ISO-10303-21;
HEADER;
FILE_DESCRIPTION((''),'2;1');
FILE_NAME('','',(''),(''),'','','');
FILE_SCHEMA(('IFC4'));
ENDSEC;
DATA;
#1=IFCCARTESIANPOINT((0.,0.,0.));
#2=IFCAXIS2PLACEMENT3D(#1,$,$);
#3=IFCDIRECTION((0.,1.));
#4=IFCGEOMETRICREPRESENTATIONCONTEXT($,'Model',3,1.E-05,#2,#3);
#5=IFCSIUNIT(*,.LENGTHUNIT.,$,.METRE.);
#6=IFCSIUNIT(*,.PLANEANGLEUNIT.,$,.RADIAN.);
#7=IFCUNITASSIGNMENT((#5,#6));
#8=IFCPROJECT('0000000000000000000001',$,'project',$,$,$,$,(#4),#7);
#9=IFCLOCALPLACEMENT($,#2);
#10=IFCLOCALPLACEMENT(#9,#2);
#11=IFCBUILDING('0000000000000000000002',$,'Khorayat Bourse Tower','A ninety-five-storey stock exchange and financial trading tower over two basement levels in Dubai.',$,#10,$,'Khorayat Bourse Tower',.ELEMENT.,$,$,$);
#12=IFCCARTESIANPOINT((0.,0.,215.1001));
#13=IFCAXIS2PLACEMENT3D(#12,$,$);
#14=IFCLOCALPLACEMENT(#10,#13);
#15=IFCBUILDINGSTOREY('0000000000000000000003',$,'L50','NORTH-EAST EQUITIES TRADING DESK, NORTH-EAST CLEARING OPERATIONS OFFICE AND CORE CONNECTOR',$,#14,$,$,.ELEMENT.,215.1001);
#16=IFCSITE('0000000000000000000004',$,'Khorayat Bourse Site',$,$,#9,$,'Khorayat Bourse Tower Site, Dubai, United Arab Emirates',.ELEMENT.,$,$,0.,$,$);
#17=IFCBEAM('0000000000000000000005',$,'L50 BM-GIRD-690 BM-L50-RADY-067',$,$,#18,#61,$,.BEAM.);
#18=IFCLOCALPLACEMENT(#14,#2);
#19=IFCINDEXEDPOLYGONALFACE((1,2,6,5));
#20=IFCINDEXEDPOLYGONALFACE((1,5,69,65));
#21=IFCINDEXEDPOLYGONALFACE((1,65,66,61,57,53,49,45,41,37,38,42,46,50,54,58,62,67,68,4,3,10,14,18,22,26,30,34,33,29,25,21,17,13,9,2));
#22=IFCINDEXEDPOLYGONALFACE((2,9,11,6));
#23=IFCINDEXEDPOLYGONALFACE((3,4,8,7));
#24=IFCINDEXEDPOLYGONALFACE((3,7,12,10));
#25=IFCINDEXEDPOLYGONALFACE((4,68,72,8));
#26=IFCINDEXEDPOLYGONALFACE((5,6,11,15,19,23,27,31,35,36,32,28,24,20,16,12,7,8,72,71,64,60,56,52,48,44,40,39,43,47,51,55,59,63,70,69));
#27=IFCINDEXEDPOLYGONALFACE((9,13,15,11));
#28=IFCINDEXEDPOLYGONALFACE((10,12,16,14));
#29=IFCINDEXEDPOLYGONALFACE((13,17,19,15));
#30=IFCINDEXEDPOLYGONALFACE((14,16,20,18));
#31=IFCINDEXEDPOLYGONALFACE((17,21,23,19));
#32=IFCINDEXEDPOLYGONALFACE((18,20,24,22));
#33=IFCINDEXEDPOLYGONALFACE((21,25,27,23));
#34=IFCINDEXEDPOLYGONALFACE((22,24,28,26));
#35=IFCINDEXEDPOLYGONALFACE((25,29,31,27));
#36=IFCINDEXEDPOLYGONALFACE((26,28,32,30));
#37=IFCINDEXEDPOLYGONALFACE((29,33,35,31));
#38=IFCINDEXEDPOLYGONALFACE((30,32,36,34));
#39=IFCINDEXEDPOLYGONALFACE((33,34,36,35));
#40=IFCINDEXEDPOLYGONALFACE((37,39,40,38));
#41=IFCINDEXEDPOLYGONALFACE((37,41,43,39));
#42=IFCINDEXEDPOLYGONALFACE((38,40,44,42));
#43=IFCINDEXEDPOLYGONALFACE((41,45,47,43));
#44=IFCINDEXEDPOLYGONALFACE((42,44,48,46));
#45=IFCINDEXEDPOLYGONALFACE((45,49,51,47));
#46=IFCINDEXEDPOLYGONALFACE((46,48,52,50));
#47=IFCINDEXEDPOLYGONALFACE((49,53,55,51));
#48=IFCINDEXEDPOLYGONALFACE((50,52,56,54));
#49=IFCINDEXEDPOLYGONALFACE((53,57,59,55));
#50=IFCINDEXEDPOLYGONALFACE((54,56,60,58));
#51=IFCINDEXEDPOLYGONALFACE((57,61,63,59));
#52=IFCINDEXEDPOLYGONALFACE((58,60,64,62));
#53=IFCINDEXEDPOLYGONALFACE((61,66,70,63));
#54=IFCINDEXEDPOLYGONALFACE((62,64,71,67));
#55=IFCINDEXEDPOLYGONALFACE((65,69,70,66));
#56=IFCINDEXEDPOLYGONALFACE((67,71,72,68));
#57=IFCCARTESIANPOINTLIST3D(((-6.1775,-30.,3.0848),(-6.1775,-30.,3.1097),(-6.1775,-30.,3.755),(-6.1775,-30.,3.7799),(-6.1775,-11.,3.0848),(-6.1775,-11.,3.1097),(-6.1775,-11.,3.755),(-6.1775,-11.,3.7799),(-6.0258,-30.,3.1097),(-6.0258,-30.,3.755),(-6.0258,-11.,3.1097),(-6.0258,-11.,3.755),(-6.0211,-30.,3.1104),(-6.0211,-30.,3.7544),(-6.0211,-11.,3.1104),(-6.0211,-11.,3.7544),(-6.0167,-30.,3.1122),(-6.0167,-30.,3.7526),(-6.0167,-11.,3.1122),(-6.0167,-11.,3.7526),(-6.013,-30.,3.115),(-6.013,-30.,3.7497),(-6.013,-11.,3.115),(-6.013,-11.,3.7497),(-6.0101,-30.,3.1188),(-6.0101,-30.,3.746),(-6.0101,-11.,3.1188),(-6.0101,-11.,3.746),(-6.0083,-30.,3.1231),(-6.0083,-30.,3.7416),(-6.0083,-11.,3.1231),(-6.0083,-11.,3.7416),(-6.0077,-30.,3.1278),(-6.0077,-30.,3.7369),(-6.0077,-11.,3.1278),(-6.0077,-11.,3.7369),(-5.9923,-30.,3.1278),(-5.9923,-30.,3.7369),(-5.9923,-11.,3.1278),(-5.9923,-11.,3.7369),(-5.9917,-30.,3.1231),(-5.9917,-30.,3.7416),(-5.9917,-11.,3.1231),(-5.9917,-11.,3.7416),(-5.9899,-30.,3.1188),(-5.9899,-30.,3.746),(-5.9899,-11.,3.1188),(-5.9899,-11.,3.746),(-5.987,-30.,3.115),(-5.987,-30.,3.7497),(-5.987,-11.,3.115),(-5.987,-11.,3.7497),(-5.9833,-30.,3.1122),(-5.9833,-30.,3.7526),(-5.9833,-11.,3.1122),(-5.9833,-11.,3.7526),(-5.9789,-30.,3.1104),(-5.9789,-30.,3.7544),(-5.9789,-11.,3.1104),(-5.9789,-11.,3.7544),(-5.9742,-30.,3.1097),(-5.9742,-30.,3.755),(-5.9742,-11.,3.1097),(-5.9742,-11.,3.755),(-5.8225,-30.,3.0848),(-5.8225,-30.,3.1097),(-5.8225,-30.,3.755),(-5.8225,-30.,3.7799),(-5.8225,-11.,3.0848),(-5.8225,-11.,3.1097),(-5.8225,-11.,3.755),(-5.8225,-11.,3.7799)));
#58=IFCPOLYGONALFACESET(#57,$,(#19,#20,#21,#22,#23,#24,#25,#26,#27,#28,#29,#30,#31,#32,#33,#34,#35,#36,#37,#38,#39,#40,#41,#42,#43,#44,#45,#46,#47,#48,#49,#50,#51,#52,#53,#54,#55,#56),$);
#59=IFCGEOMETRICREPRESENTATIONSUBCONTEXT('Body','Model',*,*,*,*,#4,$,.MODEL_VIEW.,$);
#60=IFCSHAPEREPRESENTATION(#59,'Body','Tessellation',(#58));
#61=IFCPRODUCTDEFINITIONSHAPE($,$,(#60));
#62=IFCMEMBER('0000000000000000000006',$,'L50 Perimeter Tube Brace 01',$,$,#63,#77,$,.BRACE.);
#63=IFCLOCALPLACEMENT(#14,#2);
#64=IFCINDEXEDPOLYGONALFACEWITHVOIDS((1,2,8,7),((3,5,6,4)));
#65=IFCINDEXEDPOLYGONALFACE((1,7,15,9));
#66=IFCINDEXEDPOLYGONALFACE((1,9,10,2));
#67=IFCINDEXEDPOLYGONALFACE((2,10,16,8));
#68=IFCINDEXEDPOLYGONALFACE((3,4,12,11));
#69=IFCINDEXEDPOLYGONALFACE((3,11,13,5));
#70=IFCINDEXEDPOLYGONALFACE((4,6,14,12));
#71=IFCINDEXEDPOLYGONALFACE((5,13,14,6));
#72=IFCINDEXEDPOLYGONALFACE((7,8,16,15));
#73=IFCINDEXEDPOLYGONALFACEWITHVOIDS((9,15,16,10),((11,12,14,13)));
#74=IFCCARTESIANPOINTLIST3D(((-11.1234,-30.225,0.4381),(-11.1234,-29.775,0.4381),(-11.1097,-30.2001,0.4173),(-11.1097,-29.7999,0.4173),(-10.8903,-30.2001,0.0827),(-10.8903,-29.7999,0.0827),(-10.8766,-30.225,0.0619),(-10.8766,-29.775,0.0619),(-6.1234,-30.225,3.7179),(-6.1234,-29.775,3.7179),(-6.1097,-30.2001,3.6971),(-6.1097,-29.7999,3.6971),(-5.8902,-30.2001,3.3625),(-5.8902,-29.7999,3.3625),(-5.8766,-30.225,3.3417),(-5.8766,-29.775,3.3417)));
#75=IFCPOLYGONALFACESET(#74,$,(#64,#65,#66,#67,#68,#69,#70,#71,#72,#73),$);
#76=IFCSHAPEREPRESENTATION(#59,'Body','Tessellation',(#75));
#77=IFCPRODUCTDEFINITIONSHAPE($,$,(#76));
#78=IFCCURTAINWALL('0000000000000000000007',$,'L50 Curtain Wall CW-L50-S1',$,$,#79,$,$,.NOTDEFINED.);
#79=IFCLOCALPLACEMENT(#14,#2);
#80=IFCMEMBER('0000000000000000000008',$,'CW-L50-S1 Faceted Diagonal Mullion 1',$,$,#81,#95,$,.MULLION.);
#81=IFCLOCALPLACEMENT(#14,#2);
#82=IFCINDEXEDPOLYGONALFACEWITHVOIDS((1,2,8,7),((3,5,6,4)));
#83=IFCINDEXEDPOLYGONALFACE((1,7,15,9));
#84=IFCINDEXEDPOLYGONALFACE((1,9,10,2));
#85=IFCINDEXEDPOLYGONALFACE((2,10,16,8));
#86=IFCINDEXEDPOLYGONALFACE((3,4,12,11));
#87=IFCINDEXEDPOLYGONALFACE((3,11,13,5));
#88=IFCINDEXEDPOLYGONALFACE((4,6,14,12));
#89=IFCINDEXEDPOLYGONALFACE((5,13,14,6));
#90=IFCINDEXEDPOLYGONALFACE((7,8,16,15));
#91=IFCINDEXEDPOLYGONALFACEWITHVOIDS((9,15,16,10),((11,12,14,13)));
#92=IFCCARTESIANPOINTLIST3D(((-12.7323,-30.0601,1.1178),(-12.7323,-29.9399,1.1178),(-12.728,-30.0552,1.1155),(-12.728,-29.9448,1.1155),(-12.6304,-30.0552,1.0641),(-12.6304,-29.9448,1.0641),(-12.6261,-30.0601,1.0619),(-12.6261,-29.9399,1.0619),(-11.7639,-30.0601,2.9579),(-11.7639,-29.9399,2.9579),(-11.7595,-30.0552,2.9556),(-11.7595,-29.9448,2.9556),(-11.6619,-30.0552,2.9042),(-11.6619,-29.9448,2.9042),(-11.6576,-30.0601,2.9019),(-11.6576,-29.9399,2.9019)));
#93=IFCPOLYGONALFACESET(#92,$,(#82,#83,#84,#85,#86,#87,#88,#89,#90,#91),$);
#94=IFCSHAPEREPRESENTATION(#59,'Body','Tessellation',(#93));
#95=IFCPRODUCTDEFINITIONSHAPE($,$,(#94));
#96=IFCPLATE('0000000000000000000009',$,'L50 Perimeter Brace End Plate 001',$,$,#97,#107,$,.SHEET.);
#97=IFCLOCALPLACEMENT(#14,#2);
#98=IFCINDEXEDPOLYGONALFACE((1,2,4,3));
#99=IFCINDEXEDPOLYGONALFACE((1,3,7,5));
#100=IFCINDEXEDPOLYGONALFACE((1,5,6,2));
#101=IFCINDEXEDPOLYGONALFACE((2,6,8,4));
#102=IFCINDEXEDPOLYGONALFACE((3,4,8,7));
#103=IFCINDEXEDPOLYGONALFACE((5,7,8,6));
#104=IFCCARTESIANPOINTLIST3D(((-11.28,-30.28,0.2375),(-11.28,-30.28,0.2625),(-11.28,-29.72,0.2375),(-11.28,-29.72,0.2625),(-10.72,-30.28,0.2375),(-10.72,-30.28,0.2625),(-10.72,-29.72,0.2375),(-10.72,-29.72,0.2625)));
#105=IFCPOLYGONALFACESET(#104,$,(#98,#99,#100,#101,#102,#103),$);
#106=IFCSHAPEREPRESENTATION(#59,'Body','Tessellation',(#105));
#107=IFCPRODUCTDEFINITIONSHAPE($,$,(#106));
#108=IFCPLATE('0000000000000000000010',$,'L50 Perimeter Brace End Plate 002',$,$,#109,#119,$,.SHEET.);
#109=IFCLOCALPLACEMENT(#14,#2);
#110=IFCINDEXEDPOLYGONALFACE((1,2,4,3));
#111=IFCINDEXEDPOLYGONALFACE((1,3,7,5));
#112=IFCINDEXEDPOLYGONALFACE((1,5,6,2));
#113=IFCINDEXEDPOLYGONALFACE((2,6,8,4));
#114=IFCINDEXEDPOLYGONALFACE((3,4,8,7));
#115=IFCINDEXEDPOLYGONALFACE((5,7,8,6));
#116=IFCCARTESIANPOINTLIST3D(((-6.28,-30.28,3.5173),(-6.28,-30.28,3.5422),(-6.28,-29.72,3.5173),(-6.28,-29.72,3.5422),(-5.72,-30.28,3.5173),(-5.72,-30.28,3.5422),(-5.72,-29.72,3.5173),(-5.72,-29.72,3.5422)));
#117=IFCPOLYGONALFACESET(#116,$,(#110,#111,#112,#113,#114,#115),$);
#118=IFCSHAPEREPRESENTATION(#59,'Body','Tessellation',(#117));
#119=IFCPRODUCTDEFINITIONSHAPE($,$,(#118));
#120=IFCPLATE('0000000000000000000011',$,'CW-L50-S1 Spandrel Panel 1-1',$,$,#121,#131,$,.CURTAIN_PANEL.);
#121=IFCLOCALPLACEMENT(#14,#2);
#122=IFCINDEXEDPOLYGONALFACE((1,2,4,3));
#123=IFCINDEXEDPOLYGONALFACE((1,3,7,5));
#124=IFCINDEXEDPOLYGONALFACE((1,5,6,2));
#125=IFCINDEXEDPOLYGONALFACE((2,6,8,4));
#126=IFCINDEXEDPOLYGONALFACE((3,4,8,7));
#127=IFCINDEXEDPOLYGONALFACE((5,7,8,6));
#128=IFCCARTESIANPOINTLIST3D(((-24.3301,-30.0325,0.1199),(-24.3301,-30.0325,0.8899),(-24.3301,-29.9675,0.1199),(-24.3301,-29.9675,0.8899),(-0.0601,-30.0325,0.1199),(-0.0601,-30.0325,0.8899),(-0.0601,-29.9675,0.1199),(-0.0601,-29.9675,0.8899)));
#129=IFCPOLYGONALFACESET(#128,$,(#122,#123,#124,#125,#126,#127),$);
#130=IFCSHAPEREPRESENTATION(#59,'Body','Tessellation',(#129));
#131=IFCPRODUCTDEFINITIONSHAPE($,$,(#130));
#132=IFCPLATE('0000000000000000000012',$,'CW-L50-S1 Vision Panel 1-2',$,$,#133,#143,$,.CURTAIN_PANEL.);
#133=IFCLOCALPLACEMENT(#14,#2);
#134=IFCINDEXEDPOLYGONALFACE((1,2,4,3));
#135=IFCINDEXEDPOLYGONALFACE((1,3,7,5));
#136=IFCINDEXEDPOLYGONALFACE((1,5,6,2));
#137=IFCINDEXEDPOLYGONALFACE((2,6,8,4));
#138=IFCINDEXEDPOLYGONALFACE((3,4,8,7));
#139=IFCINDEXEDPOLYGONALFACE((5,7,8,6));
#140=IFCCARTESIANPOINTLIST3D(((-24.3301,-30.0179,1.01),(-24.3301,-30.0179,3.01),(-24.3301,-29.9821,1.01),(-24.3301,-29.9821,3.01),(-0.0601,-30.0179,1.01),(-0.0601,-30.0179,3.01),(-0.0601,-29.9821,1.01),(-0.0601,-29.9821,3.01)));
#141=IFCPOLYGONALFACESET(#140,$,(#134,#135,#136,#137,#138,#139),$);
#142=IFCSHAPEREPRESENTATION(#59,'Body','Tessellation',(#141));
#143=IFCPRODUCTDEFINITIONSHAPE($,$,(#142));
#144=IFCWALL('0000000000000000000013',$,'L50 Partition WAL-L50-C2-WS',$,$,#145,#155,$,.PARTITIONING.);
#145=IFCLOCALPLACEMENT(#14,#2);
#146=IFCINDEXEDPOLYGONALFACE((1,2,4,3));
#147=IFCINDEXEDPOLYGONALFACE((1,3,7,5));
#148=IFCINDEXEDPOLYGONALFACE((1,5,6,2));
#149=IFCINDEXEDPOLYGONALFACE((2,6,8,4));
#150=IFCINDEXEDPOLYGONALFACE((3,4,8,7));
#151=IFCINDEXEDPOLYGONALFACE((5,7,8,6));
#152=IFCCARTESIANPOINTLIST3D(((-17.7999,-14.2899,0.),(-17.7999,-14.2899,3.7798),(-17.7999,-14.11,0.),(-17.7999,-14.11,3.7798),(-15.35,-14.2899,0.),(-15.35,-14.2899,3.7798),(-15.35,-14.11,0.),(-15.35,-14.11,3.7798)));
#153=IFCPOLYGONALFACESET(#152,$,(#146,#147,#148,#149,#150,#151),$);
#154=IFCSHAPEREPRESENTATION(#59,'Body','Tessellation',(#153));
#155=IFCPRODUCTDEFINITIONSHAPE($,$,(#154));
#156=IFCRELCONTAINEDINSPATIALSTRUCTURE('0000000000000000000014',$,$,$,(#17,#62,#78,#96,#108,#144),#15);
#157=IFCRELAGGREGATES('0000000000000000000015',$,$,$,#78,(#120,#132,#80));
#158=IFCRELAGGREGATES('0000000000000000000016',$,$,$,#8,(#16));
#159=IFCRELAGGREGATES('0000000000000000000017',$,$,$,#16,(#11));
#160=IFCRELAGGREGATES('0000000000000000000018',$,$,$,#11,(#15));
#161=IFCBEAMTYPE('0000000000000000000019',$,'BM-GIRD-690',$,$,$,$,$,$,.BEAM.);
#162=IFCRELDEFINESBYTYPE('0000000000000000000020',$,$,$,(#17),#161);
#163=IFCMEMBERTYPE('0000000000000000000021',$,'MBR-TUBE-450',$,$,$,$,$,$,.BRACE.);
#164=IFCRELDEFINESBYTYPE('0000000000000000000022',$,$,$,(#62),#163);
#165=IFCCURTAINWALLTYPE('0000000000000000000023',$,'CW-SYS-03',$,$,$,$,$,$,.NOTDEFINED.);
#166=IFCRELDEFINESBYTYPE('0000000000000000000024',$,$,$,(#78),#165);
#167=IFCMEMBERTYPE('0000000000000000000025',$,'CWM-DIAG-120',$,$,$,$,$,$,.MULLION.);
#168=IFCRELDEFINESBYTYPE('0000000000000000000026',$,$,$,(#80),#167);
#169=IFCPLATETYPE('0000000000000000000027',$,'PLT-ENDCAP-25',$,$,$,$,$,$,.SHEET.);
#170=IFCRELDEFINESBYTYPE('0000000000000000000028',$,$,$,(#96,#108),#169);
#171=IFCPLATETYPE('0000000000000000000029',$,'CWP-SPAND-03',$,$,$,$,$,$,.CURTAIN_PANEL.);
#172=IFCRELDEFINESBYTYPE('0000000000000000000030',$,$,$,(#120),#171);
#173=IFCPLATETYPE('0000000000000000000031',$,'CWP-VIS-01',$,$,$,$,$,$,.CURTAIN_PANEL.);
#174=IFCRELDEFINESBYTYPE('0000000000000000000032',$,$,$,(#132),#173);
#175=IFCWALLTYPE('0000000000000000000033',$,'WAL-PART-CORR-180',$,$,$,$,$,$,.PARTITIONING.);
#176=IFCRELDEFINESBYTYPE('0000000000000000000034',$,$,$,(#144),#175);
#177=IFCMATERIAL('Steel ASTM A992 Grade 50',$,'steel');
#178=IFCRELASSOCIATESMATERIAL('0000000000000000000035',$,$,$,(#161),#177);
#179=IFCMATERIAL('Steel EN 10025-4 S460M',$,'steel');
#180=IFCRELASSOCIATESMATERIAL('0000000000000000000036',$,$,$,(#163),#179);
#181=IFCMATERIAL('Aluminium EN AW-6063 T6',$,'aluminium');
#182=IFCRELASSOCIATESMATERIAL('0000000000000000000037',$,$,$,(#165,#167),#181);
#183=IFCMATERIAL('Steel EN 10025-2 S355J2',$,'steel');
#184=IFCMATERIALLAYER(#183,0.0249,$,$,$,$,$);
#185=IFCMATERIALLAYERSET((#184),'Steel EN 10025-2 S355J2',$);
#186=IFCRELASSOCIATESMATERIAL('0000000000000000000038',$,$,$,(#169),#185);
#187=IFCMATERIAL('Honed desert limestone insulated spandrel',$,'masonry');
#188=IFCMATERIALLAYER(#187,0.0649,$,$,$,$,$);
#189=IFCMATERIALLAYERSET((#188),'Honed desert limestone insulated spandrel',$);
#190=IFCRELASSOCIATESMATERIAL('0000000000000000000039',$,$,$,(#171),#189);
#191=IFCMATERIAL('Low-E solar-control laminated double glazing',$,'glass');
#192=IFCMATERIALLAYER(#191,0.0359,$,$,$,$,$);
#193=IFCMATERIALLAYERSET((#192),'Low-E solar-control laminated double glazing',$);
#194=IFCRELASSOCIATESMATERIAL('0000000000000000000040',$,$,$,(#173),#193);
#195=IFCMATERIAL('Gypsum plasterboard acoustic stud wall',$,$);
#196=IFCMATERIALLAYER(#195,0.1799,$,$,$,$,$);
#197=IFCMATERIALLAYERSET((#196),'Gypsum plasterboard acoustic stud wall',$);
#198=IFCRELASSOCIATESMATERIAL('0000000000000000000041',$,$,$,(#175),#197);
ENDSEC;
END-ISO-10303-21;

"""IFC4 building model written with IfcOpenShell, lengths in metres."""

from ifc_helpers import new_model, si_unit, direction, frame, frame_2d, origin, origin_2d, place, context, subcontext, project, spatial, rectangle, hollow_rectangle, i_section, extrude, source, transform, mapped, material, layer, layer_set, material_profile, profile_set, type_object, element, aggregate, save


model = new_model("IFC4")

# Units and contexts
model_context = context("Model", 3, precision=1e-05, world=origin(), true_north=direction((0.0, 1.0)))
body_context = subcontext(model_context, "Body", "Model", "MODEL_VIEW")
ifc_project = project(units=[si_unit("LENGTHUNIT", "METRE"), si_unit("PLANEANGLEUNIT", "RADIAN")], contexts=[model_context])

# Site, building, storey
site_placement = place(None, origin())
site = spatial("IfcSite", under=ifc_project, at=site_placement, Name="Khorayat Bourse Site", LongName="Khorayat Bourse Tower Site, Dubai, United Arab Emirates", CompositionType="ELEMENT", RefElevation=0.0)
building_placement = place(site_placement, origin())
building = spatial("IfcBuilding", under=site, at=building_placement, Name="Khorayat Bourse Tower", Description="A ninety-five-storey stock exchange and financial trading tower over two basement levels in Dubai.", LongName="Khorayat Bourse Tower", CompositionType="ELEMENT")
storey_placement = place(building_placement, frame((0.0, 0.0, 215.1001)))
storey = spatial("IfcBuildingStorey", under=building, at=storey_placement, Name="L50", Description="NORTH-EAST EQUITIES TRADING DESK, NORTH-EAST CLEARING OPERATIONS OFFICE AND CORE CONNECTOR", CompositionType="ELEMENT", Elevation=215.1001)

# Shared definitions
ifc_material_1 = material(Name="Steel EN 10025-4 S460M", Category="steel")

# Beam
ifc_material_2 = material(Name="Steel ASTM A992 Grade 50", Category="steel")
ifc_material_profile_1 = material_profile(ifc_material_2, i_section(OverallWidth=0.355, OverallDepth=0.6951, WebThickness=0.0154, FlangeThickness=0.0249, FilletRadius=0.0181, at=origin_2d()), Name="W690X217")
ifc_profile_set_1 = profile_set([ifc_material_profile_1], Name="Steel ASTM A992 Grade 50")
beam_type_1 = type_object("IfcBeamType", Name="BM-GIRD-690", PredefinedType="BEAM", material=ifc_profile_set_1)
shared_shape_1 = source(origin(), body_context, "Body", "SweptSolid", [
    extrude(i_section(OverallWidth=0.355, OverallDepth=0.6951, WebThickness=0.0154, FlangeThickness=0.0249, FilletRadius=0.0181, at=origin_2d()), origin(), (0.0, 0.0, 1.0), 19.0),
])
for number, where, z_axis, x_axis, name in (
    (1, (-6.0, -30.0, 3.4324), (0.0, 1.0, 0.0), (-1.0, 0.0, 0.0), "L50 BM-GIRD-690 BM-L50-RADY-067"),
):
    element("IfcBeam", number, at=place(storey_placement, frame(where, z_axis=z_axis, x_axis=x_axis)), inside=storey, type_object=beam_type_1, Name=name, PredefinedType="BEAM", context=body_context, shape_type="MappedRepresentation", body=[
        mapped(shared_shape_1, transform((0.0, 0.0, 0.0), scale=1.0)),
    ])

# Member
ifc_material_profile_2 = material_profile(ifc_material_1, hollow_rectangle(XDim=0.45, YDim=0.45, WallThickness=0.0249, at=origin_2d()), Name="HSS 450x450x25")
ifc_profile_set_2 = profile_set([ifc_material_profile_2], Name="Steel EN 10025-4 S460M")
member_type_1 = type_object("IfcMemberType", Name="MBR-TUBE-450", PredefinedType="BRACE", material=ifc_profile_set_2)
shared_shape_2 = source(origin(), body_context, "Body", "SweptSolid", [
    extrude(hollow_rectangle(XDim=0.45, YDim=0.45, WallThickness=0.0249, at=origin_2d()), origin(), (0.0, 0.0, 1.0), 5.9797),
])
member_1_placement = place(storey_placement, frame((-11.0, -30.0, 0.25), z_axis=(0.83616, 0.0, 0.548485), x_axis=(0.0, 1.0, 0.0)))
element("IfcMember", 2, at=member_1_placement, inside=storey, type_object=member_type_1, Name="L50 Perimeter Tube Brace 01", PredefinedType="BRACE", context=body_context, shape_type="MappedRepresentation", body=[
    mapped(shared_shape_2, transform((0.0, 0.0, 0.0), scale=1.0)),
])

# Curtain wall, member
ifc_material_3 = material(Name="Aluminium EN AW-6063 T6", Category="aluminium")
curtain_wall_type = type_object("IfcCurtainWallType", Name="CW-SYS-03", PredefinedType="NOTDEFINED", material=ifc_material_3)
curtain_wall_placement = place(storey_placement, origin())
curtain_wall = element("IfcCurtainWall", 3, at=curtain_wall_placement, inside=storey, type_object=curtain_wall_type, Name="L50 Curtain Wall CW-L50-S1", PredefinedType="NOTDEFINED")
ifc_material_profile_3 = material_profile(ifc_material_3, hollow_rectangle(XDim=0.1201, YDim=0.1201, WallThickness=0.0049, at=origin_2d()), Name="ALU 120x120x5")
ifc_profile_set_3 = profile_set([ifc_material_profile_3], Name="Aluminium EN AW-6063 T6")
member_type_2 = type_object("IfcMemberType", Name="CWM-DIAG-120", PredefinedType="MULLION", material=ifc_profile_set_3)
shared_shape_3 = source(origin(), body_context, "Body", "SweptSolid", [
    extrude(hollow_rectangle(XDim=0.1201, YDim=0.1201, WallThickness=0.0049, at=origin_2d()), origin(), (0.0, 0.0, 1.0), 2.0793),
])
member_2_placement = place(storey_placement, frame((-12.6792, -30.0, 1.0898), z_axis=(0.465761, 0.0, 0.884911), x_axis=(0.0, 1.0, 0.0)))
member_2 = element("IfcMember", 4, at=member_2_placement, type_object=member_type_2, Name="CW-L50-S1 Faceted Diagonal Mullion 1", PredefinedType="MULLION", context=body_context, shape_type="MappedRepresentation", body=[
    mapped(shared_shape_3, transform((0.0, 0.0, 0.0), scale=1.0)),
])

# Plates
ifc_material_4 = material(Name="Steel EN 10025-2 S355J2", Category="steel")
ifc_layer_1 = layer(ifc_material_4, 0.0249)
ifc_layer_set_1 = layer_set([ifc_layer_1], Name="Steel EN 10025-2 S355J2")
plate_type_1 = type_object("IfcPlateType", Name="PLT-ENDCAP-25", PredefinedType="SHEET", material=ifc_layer_set_1)
shared_shape_4 = source(origin(), body_context, "Body", "SweptSolid", [
    extrude(rectangle(XDim=0.5601, YDim=0.5601, at=origin_2d()), origin(), (0.0, 0.0, 1.0), 0.0249),
])
for number, where, z_axis, x_axis, name in (
    (5, (-11.0, -30.0, 0.2375), (0.0, 0.0, 1.0), (1.0, 0.0, 0.0), "L50 Perimeter Brace End Plate 001"),
    (6, (-6.0, -30.0, 3.5173), (0.0, 0.0, 1.0), (1.0, 0.0, 0.0), "L50 Perimeter Brace End Plate 002"),
):
    element("IfcPlate", number, at=place(storey_placement, frame(where, z_axis=z_axis, x_axis=x_axis)), inside=storey, type_object=plate_type_1, Name=name, PredefinedType="SHEET", context=body_context, shape_type="MappedRepresentation", body=[
        mapped(shared_shape_4, transform((0.0, 0.0, 0.0), scale=1.0)),
    ])

# Plates
ifc_material_5 = material(Name="Honed desert limestone insulated spandrel", Category="masonry")
ifc_layer_2 = layer(ifc_material_5, 0.0649)
ifc_layer_set_2 = layer_set([ifc_layer_2], Name="Honed desert limestone insulated spandrel")
plate_type_2 = type_object("IfcPlateType", Name="CWP-SPAND-03", PredefinedType="CURTAIN_PANEL", material=ifc_layer_set_2)
shared_shape_5 = source(origin(), body_context, "Body", "SweptSolid", [
    extrude(rectangle(XDim=24.27, YDim=0.0649, at=origin_2d()), origin(), (0.0, 0.0, 1.0), 0.77),
])
plate_1_placement = place(storey_placement, frame((-12.1951, -30.0, 0.1199), z_axis=(0.0, 0.0, 1.0), x_axis=(1.0, 0.0, 0.0)))
plate_1 = element("IfcPlate", 7, at=plate_1_placement, type_object=plate_type_2, Name="CW-L50-S1 Spandrel Panel 1-1", PredefinedType="CURTAIN_PANEL", context=body_context, shape_type="MappedRepresentation", body=[
    mapped(shared_shape_5, transform((0.0, 0.0, 0.0), scale=1.0)),
])
ifc_material_6 = material(Name="Low-E solar-control laminated double glazing", Category="glass")
ifc_layer_3 = layer(ifc_material_6, 0.0359)
ifc_layer_set_3 = layer_set([ifc_layer_3], Name="Low-E solar-control laminated double glazing")
plate_type_3 = type_object("IfcPlateType", Name="CWP-VIS-01", PredefinedType="CURTAIN_PANEL", material=ifc_layer_set_3)
shared_shape_6 = source(origin(), body_context, "Body", "SweptSolid", [
    extrude(rectangle(XDim=24.27, YDim=0.0359, at=origin_2d()), origin(), (0.0, 0.0, 1.0), 2.0),
])
plate_2_placement = place(storey_placement, frame((-12.1951, -30.0, 1.01), z_axis=(0.0, 0.0, 1.0), x_axis=(1.0, 0.0, 0.0)))
plate_2 = element("IfcPlate", 8, at=plate_2_placement, type_object=plate_type_3, Name="CW-L50-S1 Vision Panel 1-2", PredefinedType="CURTAIN_PANEL", context=body_context, shape_type="MappedRepresentation", body=[
    mapped(shared_shape_6, transform((0.0, 0.0, 0.0), scale=1.0)),
])
aggregate(curtain_wall, [plate_1, plate_2, member_2])

# Wall
ifc_material_7 = material(Name="Gypsum plasterboard acoustic stud wall")
ifc_layer_4 = layer(ifc_material_7, 0.1799)
ifc_layer_set_4 = layer_set([ifc_layer_4], Name="Gypsum plasterboard acoustic stud wall")
wall_type_1 = type_object("IfcWallType", Name="WAL-PART-CORR-180", PredefinedType="PARTITIONING", material=ifc_layer_set_4)
shared_shape_7 = source(origin(), body_context, "Body", "SweptSolid", [
    extrude(rectangle(XDim=2.45, YDim=0.1799, at=frame_2d((1.2251, 0.0))), origin(), (0.0, 0.0, 1.0), 3.7798),
])
wall_1_placement = place(storey_placement, frame((-17.8, -14.2, 0.0), z_axis=(0.0, 0.0, 1.0), x_axis=(1.0, 0.0, 0.0)))
element("IfcWall", 9, at=wall_1_placement, inside=storey, type_object=wall_type_1, Name="L50 Partition WAL-L50-C2-WS", PredefinedType="PARTITIONING", context=body_context, shape_type="MappedRepresentation", body=[
    mapped(shared_shape_7, transform((0.0, 0.0, 0.0), scale=1.0)),
])

save(model, "model.ifc")
